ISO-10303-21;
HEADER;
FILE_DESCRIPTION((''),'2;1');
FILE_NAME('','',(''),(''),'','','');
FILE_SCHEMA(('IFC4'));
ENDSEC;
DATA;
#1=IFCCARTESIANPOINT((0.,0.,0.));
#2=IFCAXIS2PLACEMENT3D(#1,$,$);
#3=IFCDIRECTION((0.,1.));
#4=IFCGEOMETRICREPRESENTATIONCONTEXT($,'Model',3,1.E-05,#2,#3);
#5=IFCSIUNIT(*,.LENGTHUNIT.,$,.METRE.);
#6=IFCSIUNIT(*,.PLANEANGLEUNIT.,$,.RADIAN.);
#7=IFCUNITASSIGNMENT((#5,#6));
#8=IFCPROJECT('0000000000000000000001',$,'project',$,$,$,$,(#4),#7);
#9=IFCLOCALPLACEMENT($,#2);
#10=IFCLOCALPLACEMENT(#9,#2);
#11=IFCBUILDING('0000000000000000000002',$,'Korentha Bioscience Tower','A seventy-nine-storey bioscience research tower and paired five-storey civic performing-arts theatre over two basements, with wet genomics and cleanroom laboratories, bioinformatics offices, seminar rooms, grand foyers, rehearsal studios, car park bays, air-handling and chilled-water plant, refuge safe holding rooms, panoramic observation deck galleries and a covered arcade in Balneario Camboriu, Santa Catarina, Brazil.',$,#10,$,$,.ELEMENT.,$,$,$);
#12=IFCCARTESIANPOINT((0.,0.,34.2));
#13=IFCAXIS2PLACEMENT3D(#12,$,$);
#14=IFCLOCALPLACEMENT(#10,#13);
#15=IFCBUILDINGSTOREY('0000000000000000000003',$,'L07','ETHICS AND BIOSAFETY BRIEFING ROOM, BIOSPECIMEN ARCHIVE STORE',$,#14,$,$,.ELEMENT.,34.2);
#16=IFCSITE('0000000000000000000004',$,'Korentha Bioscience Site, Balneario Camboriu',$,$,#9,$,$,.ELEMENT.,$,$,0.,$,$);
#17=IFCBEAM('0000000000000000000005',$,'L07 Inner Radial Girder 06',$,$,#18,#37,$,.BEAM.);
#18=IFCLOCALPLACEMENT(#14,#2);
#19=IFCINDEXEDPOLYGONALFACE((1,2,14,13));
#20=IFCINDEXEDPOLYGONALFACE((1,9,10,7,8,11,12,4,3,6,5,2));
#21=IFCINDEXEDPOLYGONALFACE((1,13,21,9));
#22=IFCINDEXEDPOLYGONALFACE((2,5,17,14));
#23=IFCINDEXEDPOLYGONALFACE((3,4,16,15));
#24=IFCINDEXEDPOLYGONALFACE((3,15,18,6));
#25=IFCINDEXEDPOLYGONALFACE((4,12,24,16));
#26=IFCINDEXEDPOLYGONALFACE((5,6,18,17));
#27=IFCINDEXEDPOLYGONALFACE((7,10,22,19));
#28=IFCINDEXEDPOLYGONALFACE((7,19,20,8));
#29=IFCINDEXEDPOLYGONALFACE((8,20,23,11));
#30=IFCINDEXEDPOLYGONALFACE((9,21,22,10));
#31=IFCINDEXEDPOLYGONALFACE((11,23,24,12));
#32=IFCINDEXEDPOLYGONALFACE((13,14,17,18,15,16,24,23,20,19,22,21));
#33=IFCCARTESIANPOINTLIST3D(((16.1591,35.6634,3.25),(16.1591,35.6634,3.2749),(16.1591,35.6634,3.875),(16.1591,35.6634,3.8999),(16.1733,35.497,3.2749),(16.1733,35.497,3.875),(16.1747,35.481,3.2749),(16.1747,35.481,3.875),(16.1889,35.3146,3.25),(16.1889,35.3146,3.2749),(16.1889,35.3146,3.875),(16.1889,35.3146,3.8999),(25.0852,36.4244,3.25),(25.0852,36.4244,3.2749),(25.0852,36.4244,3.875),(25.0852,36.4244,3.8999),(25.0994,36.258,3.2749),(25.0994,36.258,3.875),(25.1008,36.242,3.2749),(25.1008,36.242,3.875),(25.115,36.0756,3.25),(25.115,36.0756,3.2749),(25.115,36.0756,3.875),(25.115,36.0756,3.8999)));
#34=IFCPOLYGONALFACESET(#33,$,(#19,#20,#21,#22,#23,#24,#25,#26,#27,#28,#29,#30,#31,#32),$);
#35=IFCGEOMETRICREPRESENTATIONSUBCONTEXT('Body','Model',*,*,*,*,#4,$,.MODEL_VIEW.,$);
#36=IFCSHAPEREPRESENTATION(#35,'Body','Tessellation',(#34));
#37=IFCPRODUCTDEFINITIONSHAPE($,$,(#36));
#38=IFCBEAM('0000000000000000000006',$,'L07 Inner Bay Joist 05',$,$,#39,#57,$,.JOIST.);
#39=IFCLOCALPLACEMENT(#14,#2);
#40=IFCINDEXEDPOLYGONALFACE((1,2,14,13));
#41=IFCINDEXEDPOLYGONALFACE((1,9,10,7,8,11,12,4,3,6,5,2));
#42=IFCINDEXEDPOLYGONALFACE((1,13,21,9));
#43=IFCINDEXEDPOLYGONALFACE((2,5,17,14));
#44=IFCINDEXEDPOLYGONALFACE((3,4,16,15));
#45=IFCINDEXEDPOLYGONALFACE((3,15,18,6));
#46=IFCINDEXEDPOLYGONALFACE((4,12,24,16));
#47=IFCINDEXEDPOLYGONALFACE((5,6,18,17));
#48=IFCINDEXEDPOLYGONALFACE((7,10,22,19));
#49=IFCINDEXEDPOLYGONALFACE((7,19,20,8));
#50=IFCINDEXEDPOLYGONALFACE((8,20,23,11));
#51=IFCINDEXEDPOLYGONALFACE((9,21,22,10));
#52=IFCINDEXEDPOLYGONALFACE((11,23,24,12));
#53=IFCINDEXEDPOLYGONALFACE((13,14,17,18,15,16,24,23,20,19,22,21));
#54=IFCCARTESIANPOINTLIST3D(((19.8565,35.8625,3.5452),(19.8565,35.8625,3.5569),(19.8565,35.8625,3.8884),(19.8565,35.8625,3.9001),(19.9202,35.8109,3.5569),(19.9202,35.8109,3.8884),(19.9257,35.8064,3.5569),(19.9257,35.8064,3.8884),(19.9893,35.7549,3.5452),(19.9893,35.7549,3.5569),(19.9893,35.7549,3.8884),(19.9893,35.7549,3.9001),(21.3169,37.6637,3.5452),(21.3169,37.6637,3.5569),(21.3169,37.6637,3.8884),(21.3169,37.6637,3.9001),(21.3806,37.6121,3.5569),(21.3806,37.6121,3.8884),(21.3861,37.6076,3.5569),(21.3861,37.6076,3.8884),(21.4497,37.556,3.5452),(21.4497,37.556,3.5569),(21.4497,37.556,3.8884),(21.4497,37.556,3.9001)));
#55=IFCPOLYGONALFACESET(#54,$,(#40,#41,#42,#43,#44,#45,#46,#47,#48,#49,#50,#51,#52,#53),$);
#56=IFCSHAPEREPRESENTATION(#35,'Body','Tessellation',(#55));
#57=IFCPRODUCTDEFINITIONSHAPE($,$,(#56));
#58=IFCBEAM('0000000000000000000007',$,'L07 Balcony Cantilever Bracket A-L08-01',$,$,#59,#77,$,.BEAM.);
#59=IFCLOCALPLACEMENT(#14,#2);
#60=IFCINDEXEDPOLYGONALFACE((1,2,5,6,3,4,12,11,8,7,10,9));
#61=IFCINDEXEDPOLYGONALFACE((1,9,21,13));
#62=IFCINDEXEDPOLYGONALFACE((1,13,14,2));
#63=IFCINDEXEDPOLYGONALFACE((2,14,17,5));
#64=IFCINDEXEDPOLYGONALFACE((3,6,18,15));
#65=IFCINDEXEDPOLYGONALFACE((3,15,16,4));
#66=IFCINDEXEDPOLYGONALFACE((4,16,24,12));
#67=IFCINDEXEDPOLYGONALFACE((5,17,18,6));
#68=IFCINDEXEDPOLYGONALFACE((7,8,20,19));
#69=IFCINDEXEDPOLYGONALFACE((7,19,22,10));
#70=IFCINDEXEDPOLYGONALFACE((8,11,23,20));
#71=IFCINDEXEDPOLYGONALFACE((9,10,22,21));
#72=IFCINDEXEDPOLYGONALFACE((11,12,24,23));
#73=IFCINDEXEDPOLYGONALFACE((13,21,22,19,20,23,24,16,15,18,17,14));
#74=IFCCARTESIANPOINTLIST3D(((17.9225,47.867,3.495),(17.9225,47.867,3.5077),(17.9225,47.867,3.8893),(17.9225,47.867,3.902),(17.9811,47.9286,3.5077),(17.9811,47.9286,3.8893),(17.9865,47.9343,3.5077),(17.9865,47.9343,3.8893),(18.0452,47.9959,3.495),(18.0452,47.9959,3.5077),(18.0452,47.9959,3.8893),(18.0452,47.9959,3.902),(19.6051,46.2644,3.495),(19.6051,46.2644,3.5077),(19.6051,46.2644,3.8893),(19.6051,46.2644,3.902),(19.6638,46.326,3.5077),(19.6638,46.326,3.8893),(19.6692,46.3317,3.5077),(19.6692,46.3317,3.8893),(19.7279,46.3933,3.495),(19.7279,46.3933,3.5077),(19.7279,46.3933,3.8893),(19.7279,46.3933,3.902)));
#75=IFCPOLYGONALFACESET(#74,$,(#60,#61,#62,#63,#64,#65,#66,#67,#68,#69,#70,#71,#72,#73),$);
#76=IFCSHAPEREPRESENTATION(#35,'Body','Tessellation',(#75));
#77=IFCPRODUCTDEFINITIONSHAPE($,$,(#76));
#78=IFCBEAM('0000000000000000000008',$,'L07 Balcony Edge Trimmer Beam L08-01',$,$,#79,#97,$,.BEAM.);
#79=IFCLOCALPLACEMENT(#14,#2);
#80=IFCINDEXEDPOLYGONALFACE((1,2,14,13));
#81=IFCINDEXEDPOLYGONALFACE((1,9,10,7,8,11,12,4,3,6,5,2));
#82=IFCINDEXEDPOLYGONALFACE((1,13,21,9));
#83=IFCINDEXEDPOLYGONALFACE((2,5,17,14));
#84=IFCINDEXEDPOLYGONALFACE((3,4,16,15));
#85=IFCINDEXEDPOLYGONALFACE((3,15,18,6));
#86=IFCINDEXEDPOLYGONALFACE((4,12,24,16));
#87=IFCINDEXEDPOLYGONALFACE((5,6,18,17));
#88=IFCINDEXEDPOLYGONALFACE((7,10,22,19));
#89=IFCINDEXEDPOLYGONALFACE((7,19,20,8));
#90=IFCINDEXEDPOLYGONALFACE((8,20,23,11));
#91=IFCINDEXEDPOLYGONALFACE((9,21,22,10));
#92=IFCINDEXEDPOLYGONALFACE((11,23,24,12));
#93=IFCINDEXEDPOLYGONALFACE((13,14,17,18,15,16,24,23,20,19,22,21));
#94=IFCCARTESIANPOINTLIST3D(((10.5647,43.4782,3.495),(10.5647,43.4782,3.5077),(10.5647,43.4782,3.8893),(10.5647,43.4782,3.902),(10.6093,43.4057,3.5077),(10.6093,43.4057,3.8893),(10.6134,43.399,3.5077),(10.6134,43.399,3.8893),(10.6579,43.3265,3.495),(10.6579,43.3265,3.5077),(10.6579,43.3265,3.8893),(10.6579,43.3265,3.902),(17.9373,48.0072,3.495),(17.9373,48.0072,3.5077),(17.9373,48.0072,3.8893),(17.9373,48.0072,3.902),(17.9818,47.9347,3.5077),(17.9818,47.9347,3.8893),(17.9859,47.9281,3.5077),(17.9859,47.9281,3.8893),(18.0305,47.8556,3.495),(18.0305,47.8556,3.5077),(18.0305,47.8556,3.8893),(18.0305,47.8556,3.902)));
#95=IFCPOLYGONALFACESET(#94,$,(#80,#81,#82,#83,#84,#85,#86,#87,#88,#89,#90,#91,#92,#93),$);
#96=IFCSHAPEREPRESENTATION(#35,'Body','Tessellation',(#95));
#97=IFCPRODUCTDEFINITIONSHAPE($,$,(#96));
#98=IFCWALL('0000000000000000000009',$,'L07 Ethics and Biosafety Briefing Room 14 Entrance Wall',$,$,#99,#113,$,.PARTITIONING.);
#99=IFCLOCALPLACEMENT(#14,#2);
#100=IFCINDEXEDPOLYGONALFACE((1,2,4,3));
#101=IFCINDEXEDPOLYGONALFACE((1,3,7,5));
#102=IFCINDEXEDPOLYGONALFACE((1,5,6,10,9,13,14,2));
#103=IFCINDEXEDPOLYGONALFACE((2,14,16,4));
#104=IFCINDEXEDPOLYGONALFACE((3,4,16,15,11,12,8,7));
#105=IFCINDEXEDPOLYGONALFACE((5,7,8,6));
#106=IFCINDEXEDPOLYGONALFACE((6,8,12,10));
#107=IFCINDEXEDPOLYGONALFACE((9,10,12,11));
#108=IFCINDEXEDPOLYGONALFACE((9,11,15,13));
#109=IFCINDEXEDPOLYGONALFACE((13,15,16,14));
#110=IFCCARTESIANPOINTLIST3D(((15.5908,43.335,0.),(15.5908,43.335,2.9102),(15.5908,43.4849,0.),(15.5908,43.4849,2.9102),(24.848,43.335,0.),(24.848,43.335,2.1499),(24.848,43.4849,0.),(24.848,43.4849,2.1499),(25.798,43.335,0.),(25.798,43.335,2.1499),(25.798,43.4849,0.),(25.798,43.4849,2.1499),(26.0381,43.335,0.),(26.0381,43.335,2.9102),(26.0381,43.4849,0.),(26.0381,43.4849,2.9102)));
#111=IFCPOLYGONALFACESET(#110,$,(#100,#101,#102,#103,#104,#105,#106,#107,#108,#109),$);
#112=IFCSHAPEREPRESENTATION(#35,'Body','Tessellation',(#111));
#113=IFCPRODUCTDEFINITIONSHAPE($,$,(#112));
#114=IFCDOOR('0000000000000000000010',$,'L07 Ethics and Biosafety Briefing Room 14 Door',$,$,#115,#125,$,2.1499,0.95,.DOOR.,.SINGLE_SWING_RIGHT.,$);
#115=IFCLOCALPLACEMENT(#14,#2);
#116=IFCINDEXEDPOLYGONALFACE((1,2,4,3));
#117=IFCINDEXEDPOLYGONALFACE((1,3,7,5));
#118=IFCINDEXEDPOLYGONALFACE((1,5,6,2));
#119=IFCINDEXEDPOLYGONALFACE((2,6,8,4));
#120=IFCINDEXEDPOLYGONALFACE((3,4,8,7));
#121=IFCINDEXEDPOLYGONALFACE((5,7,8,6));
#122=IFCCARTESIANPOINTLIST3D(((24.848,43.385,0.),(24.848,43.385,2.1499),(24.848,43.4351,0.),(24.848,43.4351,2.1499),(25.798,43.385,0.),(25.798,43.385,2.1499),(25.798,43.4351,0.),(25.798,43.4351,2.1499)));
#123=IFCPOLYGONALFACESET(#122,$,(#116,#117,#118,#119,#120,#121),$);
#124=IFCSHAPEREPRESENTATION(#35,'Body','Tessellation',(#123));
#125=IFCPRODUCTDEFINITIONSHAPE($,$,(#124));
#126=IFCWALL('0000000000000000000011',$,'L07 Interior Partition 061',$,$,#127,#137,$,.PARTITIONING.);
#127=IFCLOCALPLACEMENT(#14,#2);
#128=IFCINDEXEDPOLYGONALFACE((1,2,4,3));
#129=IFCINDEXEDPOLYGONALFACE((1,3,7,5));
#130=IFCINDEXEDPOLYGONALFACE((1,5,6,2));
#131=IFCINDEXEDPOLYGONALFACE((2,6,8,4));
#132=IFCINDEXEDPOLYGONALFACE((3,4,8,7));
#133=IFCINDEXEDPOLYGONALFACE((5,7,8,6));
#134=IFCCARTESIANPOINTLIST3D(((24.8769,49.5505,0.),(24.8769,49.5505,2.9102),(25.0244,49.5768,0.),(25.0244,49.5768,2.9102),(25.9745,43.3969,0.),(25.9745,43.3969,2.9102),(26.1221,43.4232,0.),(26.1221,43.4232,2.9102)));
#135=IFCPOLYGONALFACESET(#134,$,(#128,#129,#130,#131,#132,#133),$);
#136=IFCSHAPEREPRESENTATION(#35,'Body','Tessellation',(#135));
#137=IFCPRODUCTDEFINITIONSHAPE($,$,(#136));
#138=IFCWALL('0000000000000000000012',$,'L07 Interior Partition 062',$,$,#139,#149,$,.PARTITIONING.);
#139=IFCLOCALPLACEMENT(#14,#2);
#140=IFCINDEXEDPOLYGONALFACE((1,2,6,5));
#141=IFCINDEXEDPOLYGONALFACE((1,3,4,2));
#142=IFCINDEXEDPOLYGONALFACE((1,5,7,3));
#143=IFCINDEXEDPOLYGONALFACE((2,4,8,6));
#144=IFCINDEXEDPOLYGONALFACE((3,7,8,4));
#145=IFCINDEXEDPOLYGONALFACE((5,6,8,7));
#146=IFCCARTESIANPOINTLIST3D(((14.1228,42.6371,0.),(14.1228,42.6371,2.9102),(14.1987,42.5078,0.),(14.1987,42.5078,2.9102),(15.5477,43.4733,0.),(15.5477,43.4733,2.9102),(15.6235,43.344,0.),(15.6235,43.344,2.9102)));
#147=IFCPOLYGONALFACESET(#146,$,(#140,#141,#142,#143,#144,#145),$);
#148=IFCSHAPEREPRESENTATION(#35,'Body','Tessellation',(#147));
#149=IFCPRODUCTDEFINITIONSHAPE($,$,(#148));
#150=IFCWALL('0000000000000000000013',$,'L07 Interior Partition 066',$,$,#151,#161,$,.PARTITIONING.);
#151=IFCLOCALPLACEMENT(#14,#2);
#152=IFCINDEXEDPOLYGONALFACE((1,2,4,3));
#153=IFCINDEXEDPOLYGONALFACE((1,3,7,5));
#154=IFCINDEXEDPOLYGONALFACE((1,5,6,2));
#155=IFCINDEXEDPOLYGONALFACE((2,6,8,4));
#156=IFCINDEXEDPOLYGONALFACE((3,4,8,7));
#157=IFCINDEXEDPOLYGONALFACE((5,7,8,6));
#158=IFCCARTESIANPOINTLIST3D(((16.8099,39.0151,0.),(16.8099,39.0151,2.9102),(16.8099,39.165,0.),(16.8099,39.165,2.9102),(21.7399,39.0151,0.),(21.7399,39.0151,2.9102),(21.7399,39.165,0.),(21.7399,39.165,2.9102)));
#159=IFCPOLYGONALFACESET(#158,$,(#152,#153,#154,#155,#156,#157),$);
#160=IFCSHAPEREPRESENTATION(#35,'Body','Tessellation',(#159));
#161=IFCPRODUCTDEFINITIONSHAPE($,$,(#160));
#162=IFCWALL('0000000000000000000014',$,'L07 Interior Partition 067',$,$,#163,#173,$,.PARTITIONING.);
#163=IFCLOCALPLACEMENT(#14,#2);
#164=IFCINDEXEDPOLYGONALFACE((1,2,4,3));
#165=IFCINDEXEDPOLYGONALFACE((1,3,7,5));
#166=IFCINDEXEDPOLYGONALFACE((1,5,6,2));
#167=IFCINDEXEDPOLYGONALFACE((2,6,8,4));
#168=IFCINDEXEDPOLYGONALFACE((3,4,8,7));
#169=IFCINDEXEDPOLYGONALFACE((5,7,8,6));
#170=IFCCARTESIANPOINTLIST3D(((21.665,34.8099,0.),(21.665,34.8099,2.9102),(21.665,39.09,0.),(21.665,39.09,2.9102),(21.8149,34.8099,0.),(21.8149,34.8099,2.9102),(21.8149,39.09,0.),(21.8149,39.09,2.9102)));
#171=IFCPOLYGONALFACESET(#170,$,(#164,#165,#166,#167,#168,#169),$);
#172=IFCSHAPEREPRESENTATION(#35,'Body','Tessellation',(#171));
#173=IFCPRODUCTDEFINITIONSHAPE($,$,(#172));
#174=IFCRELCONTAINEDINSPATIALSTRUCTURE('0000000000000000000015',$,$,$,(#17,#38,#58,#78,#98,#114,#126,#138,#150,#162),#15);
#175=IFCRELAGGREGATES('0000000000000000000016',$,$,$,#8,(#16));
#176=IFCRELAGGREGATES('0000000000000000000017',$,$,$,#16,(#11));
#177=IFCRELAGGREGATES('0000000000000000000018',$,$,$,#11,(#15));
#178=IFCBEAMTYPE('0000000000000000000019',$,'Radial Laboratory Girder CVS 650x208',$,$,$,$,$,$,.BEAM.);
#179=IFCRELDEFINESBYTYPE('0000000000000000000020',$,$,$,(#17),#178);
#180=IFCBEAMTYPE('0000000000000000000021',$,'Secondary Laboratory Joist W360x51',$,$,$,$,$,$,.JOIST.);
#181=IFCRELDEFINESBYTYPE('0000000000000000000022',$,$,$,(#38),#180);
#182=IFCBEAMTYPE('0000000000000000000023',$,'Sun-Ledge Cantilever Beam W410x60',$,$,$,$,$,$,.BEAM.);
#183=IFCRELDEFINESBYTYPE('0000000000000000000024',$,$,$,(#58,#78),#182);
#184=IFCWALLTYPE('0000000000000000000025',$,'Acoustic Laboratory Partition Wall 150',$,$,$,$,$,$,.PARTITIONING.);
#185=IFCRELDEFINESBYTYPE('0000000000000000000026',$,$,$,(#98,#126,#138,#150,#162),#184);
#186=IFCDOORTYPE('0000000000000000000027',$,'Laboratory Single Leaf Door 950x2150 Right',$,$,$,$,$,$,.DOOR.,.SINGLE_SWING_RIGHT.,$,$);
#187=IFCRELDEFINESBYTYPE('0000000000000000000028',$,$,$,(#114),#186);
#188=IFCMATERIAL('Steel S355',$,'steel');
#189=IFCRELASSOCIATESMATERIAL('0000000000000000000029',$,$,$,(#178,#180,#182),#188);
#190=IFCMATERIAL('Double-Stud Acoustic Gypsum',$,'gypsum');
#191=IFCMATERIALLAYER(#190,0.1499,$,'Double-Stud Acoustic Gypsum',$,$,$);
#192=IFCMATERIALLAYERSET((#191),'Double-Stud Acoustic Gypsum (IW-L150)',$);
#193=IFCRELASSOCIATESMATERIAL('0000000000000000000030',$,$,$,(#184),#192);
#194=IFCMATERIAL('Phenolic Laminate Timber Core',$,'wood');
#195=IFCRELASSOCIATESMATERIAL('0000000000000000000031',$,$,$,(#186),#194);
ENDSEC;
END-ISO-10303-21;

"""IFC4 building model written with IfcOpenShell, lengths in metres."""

from ifc_helpers import new_model, si_unit, direction, frame, frame_2d, origin, origin_2d, place, context, subcontext, project, spatial, rectangle, i_section, extrude, material, layer, layer_set, material_profile, profile_set, type_object, element, fill, save


model = new_model("IFC4")

# Units and contexts
model_context = context("Model", 3, precision=1e-05, world=origin(), true_north=direction((0.0, 1.0)))
body_context = subcontext(model_context, "Body", "Model", "MODEL_VIEW")
ifc_project = project(units=[si_unit("LENGTHUNIT", "METRE"), si_unit("PLANEANGLEUNIT", "RADIAN")], contexts=[model_context])

# Site, building, storey
site_placement = place(None, origin())
site = spatial("IfcSite", under=ifc_project, at=site_placement, Name="Korentha Bioscience Site, Balneario Camboriu", CompositionType="ELEMENT", RefElevation=0.0)
building_placement = place(site_placement, origin())
building = spatial("IfcBuilding", under=site, at=building_placement, Name="Korentha Bioscience Tower", Description="A seventy-nine-storey bioscience research tower and paired five-storey civic performing-arts theatre over two basements, with wet genomics and cleanroom laboratories, bioinformatics offices, seminar rooms, grand foyers, rehearsal studios, car park bays, air-handling and chilled-water plant, refuge safe holding rooms, panoramic observation deck galleries and a covered arcade in Balneario Camboriu, Santa Catarina, Brazil.", CompositionType="ELEMENT")
storey_placement = place(building_placement, frame((0.0, 0.0, 34.2)))
storey = spatial("IfcBuildingStorey", under=building, at=storey_placement, Name="L07", Description="ETHICS AND BIOSAFETY BRIEFING ROOM, BIOSPECIMEN ARCHIVE STORE", CompositionType="ELEMENT", Elevation=34.2)

# Beams
ifc_material_1 = material(Name="Steel S355", Category="steel")
ifc_material_profile_1 = material_profile(ifc_material_1, i_section(OverallWidth=0.3501, OverallDepth=0.6499, WebThickness=0.0161, FlangeThickness=0.0249, at=origin_2d()), Name="Steel S355")
ifc_profile_set_1 = profile_set([ifc_material_profile_1], Name="Steel S355 (RB-650)")
beam_type_1 = type_object("IfcBeamType", Name="Radial Laboratory Girder CVS 650x208", PredefinedType="BEAM", material=ifc_profile_set_1)
beam_1_placement = place(storey_placement, frame((25.1001, 36.25, 3.575), z_axis=(-0.996386, -0.084947, 0.0), x_axis=(0.084947, -0.996386, 0.0)))
element("IfcBeam", 1, at=beam_1_placement, inside=storey, type_object=beam_type_1, Name="L07 Inner Radial Girder 06", PredefinedType="BEAM", context=body_context, shape_type="SweptSolid", body=[
    extrude(i_section(OverallWidth=0.3501, OverallDepth=0.6499, WebThickness=0.0161, FlangeThickness=0.0249, at=origin_2d()), origin(), (0.0, 0.0, 1.0), 8.9585),
])
ifc_material_profile_2 = material_profile(ifc_material_1, i_section(OverallWidth=0.1709, OverallDepth=0.355, WebThickness=0.0071, FlangeThickness=0.0117, at=origin_2d()), Name="Steel S355")
ifc_profile_set_2 = profile_set([ifc_material_profile_2], Name="Steel S355 (JB-360)")
beam_type_2 = type_object("IfcBeamType", Name="Secondary Laboratory Joist W360x51", PredefinedType="JOIST", material=ifc_profile_set_2)
beam_2_placement = place(storey_placement, frame((21.3833, 37.6099, 3.7227), z_axis=(-0.629792, -0.776764, 0.0), x_axis=(0.776764, -0.629792, 0.0)))
element("IfcBeam", 2, at=beam_2_placement, inside=storey, type_object=beam_type_2, Name="L07 Inner Bay Joist 05", PredefinedType="JOIST", context=body_context, shape_type="SweptSolid", body=[
    extrude(i_section(OverallWidth=0.1709, OverallDepth=0.355, WebThickness=0.0071, FlangeThickness=0.0117, at=origin_2d()), origin(), (0.0, 0.0, 1.0), 2.3188),
])
ifc_material_profile_3 = material_profile(ifc_material_1, i_section(OverallWidth=0.178, OverallDepth=0.407, WebThickness=0.0078, FlangeThickness=0.0127, at=origin_2d()), Name="Steel S355")
ifc_profile_set_3 = profile_set([ifc_material_profile_3], Name="Steel S355 (CB-410)")
beam_type_3 = type_object("IfcBeamType", Name="Sun-Ledge Cantilever Beam W410x60", PredefinedType="BEAM", material=ifc_profile_set_3)
beam_3_placement = place(storey_placement, frame((19.6665, 46.3289, 3.6985), z_axis=(-0.724128, 0.689666, 0.0), x_axis=(-0.689666, -0.724128, 0.0)))
element("IfcBeam", 3, at=beam_3_placement, inside=storey, type_object=beam_type_3, Name="L07 Balcony Cantilever Bracket A-L08-01", PredefinedType="BEAM", context=body_context, shape_type="SweptSolid", body=[
    extrude(i_section(OverallWidth=0.178, OverallDepth=0.407, WebThickness=0.0078, FlangeThickness=0.0127, at=origin_2d()), origin(), (0.0, 0.0, 1.0), 2.3237),
])
beam_4_placement = place(storey_placement, frame((17.9839, 47.9314, 3.6985), z_axis=(-0.852066, -0.523434, 0.0), x_axis=(0.523434, -0.852066, 0.0)))
element("IfcBeam", 4, at=beam_4_placement, inside=storey, type_object=beam_type_3, Name="L07 Balcony Edge Trimmer Beam L08-01", PredefinedType="BEAM", context=body_context, shape_type="SweptSolid", body=[
    extrude(i_section(OverallWidth=0.178, OverallDepth=0.407, WebThickness=0.0078, FlangeThickness=0.0127, at=origin_2d()), origin(), (0.0, 0.0, 1.0), 8.6526),
])

# Wall, opening, door
ifc_material_2 = material(Name="Double-Stud Acoustic Gypsum", Category="gypsum")
ifc_layer_1 = layer(ifc_material_2, 0.1499, Name="Double-Stud Acoustic Gypsum")
ifc_layer_set_1 = layer_set([ifc_layer_1], Name="Double-Stud Acoustic Gypsum (IW-L150)")
wall_type_1 = type_object("IfcWallType", Name="Acoustic Laboratory Partition Wall 150", PredefinedType="PARTITIONING", material=ifc_layer_set_1)
ifc_material_3 = material(Name="Phenolic Laminate Timber Core", Category="wood")
wall_1_placement = place(storey_placement, frame((26.0381, 43.4099, 0.0), z_axis=(0.0, 0.0, 1.0), x_axis=(-1.0, 0.0, 0.0)))
wall_1 = element("IfcWall", 5, at=wall_1_placement, inside=storey, type_object=wall_type_1, Name="L07 Ethics and Biosafety Briefing Room 14 Entrance Wall", PredefinedType="PARTITIONING", context=body_context, shape_type="SweptSolid", body=[
    extrude(rectangle(XDim=10.4473, YDim=0.1499, at=frame_2d((5.2236, 0.0))), origin(), (0.0, 0.0, 1.0), 2.9102),
])
opening_1_placement = place(wall_1_placement, frame((0.24, 0.0, 0.0)))
opening_1 = element("IfcOpeningElement", 6, at=opening_1_placement, cuts=wall_1, PredefinedType="OPENING", context=body_context, shape_type="SweptSolid", body=[
    extrude(rectangle(XDim=0.95, YDim=2.1499, at=frame_2d((0.4751, 1.075))), frame((0.0, 0.0898, 0.0), z_axis=(0.0, -1.0, 0.0), x_axis=(1.0, 0.0, 0.0)), (0.0, 0.0, 1.0), 0.1797),
])
door_type_1 = type_object("IfcDoorType", Name="Laboratory Single Leaf Door 950x2150 Right", OperationType="SINGLE_SWING_RIGHT", PredefinedType="DOOR", material=ifc_material_3)
door_1_placement = place(opening_1_placement, origin())
door_1 = element("IfcDoor", 7, at=door_1_placement, inside=storey, type_object=door_type_1, Name="L07 Ethics and Biosafety Briefing Room 14 Door", OperationType="SINGLE_SWING_RIGHT", OverallHeight=2.1499, OverallWidth=0.95, PredefinedType="DOOR", context=body_context, shape_type="SweptSolid", body=[
    extrude(rectangle(XDim=0.95, YDim=2.1499, at=frame_2d((0.4751, 1.075))), frame((0.0, 0.0249, 0.0), z_axis=(0.0, -1.0, 0.0), x_axis=(1.0, 0.0, 0.0)), (0.0, 0.0, 1.0), 0.05),
])
fill(opening_1, door_1)

# Walls
wall_2_placement = place(storey_placement, frame((26.0483, 43.4099, 0.0), z_axis=(0.0, 0.0, 1.0), x_axis=(-0.175605, 0.984461, 0.0)))
element("IfcWall", 8, at=wall_2_placement, inside=storey, type_object=wall_type_1, Name="L07 Interior Partition 061", PredefinedType="PARTITIONING", context=body_context, shape_type="SweptSolid", body=[
    extrude(rectangle(XDim=6.2507, YDim=0.1499, at=frame_2d((3.1255, 0.0))), origin(), (0.0, 0.0, 1.0), 2.9102),
])
wall_3_placement = place(storey_placement, frame((15.5857, 43.4087, 0.0), z_axis=(0.0, 0.0, 1.0), x_axis=(-0.862447, -0.506148, 0.0)))
element("IfcWall", 9, at=wall_3_placement, inside=storey, type_object=wall_type_1, Name="L07 Interior Partition 062", PredefinedType="PARTITIONING", context=body_context, shape_type="SweptSolid", body=[
    extrude(rectangle(XDim=1.6521, YDim=0.1499, at=frame_2d((0.8262, 0.0))), origin(), (0.0, 0.0, 1.0), 2.9102),
])
wall_4_placement = place(storey_placement, frame((16.8101, 39.0901, 0.0), z_axis=(0.0, 0.0, 1.0), x_axis=(1.0, 0.0, 0.0)))
element("IfcWall", 10, at=wall_4_placement, inside=storey, type_object=wall_type_1, Name="L07 Interior Partition 066", PredefinedType="PARTITIONING", context=body_context, shape_type="SweptSolid", body=[
    extrude(rectangle(XDim=4.9299, YDim=0.1499, at=frame_2d((2.4648, 0.0))), origin(), (0.0, 0.0, 1.0), 2.9102),
])
wall_5_placement = place(storey_placement, frame((21.74, 39.0901, 0.0), z_axis=(0.0, 0.0, 1.0), x_axis=(0.0, -1.0, 0.0)))
element("IfcWall", 11, at=wall_5_placement, inside=storey, type_object=wall_type_1, Name="L07 Interior Partition 067", PredefinedType="PARTITIONING", context=body_context, shape_type="SweptSolid", body=[
    extrude(rectangle(XDim=4.28, YDim=0.1499, at=frame_2d((2.1401, 0.0))), origin(), (0.0, 0.0, 1.0), 2.9102),
])

save(model, "model.ifc")
